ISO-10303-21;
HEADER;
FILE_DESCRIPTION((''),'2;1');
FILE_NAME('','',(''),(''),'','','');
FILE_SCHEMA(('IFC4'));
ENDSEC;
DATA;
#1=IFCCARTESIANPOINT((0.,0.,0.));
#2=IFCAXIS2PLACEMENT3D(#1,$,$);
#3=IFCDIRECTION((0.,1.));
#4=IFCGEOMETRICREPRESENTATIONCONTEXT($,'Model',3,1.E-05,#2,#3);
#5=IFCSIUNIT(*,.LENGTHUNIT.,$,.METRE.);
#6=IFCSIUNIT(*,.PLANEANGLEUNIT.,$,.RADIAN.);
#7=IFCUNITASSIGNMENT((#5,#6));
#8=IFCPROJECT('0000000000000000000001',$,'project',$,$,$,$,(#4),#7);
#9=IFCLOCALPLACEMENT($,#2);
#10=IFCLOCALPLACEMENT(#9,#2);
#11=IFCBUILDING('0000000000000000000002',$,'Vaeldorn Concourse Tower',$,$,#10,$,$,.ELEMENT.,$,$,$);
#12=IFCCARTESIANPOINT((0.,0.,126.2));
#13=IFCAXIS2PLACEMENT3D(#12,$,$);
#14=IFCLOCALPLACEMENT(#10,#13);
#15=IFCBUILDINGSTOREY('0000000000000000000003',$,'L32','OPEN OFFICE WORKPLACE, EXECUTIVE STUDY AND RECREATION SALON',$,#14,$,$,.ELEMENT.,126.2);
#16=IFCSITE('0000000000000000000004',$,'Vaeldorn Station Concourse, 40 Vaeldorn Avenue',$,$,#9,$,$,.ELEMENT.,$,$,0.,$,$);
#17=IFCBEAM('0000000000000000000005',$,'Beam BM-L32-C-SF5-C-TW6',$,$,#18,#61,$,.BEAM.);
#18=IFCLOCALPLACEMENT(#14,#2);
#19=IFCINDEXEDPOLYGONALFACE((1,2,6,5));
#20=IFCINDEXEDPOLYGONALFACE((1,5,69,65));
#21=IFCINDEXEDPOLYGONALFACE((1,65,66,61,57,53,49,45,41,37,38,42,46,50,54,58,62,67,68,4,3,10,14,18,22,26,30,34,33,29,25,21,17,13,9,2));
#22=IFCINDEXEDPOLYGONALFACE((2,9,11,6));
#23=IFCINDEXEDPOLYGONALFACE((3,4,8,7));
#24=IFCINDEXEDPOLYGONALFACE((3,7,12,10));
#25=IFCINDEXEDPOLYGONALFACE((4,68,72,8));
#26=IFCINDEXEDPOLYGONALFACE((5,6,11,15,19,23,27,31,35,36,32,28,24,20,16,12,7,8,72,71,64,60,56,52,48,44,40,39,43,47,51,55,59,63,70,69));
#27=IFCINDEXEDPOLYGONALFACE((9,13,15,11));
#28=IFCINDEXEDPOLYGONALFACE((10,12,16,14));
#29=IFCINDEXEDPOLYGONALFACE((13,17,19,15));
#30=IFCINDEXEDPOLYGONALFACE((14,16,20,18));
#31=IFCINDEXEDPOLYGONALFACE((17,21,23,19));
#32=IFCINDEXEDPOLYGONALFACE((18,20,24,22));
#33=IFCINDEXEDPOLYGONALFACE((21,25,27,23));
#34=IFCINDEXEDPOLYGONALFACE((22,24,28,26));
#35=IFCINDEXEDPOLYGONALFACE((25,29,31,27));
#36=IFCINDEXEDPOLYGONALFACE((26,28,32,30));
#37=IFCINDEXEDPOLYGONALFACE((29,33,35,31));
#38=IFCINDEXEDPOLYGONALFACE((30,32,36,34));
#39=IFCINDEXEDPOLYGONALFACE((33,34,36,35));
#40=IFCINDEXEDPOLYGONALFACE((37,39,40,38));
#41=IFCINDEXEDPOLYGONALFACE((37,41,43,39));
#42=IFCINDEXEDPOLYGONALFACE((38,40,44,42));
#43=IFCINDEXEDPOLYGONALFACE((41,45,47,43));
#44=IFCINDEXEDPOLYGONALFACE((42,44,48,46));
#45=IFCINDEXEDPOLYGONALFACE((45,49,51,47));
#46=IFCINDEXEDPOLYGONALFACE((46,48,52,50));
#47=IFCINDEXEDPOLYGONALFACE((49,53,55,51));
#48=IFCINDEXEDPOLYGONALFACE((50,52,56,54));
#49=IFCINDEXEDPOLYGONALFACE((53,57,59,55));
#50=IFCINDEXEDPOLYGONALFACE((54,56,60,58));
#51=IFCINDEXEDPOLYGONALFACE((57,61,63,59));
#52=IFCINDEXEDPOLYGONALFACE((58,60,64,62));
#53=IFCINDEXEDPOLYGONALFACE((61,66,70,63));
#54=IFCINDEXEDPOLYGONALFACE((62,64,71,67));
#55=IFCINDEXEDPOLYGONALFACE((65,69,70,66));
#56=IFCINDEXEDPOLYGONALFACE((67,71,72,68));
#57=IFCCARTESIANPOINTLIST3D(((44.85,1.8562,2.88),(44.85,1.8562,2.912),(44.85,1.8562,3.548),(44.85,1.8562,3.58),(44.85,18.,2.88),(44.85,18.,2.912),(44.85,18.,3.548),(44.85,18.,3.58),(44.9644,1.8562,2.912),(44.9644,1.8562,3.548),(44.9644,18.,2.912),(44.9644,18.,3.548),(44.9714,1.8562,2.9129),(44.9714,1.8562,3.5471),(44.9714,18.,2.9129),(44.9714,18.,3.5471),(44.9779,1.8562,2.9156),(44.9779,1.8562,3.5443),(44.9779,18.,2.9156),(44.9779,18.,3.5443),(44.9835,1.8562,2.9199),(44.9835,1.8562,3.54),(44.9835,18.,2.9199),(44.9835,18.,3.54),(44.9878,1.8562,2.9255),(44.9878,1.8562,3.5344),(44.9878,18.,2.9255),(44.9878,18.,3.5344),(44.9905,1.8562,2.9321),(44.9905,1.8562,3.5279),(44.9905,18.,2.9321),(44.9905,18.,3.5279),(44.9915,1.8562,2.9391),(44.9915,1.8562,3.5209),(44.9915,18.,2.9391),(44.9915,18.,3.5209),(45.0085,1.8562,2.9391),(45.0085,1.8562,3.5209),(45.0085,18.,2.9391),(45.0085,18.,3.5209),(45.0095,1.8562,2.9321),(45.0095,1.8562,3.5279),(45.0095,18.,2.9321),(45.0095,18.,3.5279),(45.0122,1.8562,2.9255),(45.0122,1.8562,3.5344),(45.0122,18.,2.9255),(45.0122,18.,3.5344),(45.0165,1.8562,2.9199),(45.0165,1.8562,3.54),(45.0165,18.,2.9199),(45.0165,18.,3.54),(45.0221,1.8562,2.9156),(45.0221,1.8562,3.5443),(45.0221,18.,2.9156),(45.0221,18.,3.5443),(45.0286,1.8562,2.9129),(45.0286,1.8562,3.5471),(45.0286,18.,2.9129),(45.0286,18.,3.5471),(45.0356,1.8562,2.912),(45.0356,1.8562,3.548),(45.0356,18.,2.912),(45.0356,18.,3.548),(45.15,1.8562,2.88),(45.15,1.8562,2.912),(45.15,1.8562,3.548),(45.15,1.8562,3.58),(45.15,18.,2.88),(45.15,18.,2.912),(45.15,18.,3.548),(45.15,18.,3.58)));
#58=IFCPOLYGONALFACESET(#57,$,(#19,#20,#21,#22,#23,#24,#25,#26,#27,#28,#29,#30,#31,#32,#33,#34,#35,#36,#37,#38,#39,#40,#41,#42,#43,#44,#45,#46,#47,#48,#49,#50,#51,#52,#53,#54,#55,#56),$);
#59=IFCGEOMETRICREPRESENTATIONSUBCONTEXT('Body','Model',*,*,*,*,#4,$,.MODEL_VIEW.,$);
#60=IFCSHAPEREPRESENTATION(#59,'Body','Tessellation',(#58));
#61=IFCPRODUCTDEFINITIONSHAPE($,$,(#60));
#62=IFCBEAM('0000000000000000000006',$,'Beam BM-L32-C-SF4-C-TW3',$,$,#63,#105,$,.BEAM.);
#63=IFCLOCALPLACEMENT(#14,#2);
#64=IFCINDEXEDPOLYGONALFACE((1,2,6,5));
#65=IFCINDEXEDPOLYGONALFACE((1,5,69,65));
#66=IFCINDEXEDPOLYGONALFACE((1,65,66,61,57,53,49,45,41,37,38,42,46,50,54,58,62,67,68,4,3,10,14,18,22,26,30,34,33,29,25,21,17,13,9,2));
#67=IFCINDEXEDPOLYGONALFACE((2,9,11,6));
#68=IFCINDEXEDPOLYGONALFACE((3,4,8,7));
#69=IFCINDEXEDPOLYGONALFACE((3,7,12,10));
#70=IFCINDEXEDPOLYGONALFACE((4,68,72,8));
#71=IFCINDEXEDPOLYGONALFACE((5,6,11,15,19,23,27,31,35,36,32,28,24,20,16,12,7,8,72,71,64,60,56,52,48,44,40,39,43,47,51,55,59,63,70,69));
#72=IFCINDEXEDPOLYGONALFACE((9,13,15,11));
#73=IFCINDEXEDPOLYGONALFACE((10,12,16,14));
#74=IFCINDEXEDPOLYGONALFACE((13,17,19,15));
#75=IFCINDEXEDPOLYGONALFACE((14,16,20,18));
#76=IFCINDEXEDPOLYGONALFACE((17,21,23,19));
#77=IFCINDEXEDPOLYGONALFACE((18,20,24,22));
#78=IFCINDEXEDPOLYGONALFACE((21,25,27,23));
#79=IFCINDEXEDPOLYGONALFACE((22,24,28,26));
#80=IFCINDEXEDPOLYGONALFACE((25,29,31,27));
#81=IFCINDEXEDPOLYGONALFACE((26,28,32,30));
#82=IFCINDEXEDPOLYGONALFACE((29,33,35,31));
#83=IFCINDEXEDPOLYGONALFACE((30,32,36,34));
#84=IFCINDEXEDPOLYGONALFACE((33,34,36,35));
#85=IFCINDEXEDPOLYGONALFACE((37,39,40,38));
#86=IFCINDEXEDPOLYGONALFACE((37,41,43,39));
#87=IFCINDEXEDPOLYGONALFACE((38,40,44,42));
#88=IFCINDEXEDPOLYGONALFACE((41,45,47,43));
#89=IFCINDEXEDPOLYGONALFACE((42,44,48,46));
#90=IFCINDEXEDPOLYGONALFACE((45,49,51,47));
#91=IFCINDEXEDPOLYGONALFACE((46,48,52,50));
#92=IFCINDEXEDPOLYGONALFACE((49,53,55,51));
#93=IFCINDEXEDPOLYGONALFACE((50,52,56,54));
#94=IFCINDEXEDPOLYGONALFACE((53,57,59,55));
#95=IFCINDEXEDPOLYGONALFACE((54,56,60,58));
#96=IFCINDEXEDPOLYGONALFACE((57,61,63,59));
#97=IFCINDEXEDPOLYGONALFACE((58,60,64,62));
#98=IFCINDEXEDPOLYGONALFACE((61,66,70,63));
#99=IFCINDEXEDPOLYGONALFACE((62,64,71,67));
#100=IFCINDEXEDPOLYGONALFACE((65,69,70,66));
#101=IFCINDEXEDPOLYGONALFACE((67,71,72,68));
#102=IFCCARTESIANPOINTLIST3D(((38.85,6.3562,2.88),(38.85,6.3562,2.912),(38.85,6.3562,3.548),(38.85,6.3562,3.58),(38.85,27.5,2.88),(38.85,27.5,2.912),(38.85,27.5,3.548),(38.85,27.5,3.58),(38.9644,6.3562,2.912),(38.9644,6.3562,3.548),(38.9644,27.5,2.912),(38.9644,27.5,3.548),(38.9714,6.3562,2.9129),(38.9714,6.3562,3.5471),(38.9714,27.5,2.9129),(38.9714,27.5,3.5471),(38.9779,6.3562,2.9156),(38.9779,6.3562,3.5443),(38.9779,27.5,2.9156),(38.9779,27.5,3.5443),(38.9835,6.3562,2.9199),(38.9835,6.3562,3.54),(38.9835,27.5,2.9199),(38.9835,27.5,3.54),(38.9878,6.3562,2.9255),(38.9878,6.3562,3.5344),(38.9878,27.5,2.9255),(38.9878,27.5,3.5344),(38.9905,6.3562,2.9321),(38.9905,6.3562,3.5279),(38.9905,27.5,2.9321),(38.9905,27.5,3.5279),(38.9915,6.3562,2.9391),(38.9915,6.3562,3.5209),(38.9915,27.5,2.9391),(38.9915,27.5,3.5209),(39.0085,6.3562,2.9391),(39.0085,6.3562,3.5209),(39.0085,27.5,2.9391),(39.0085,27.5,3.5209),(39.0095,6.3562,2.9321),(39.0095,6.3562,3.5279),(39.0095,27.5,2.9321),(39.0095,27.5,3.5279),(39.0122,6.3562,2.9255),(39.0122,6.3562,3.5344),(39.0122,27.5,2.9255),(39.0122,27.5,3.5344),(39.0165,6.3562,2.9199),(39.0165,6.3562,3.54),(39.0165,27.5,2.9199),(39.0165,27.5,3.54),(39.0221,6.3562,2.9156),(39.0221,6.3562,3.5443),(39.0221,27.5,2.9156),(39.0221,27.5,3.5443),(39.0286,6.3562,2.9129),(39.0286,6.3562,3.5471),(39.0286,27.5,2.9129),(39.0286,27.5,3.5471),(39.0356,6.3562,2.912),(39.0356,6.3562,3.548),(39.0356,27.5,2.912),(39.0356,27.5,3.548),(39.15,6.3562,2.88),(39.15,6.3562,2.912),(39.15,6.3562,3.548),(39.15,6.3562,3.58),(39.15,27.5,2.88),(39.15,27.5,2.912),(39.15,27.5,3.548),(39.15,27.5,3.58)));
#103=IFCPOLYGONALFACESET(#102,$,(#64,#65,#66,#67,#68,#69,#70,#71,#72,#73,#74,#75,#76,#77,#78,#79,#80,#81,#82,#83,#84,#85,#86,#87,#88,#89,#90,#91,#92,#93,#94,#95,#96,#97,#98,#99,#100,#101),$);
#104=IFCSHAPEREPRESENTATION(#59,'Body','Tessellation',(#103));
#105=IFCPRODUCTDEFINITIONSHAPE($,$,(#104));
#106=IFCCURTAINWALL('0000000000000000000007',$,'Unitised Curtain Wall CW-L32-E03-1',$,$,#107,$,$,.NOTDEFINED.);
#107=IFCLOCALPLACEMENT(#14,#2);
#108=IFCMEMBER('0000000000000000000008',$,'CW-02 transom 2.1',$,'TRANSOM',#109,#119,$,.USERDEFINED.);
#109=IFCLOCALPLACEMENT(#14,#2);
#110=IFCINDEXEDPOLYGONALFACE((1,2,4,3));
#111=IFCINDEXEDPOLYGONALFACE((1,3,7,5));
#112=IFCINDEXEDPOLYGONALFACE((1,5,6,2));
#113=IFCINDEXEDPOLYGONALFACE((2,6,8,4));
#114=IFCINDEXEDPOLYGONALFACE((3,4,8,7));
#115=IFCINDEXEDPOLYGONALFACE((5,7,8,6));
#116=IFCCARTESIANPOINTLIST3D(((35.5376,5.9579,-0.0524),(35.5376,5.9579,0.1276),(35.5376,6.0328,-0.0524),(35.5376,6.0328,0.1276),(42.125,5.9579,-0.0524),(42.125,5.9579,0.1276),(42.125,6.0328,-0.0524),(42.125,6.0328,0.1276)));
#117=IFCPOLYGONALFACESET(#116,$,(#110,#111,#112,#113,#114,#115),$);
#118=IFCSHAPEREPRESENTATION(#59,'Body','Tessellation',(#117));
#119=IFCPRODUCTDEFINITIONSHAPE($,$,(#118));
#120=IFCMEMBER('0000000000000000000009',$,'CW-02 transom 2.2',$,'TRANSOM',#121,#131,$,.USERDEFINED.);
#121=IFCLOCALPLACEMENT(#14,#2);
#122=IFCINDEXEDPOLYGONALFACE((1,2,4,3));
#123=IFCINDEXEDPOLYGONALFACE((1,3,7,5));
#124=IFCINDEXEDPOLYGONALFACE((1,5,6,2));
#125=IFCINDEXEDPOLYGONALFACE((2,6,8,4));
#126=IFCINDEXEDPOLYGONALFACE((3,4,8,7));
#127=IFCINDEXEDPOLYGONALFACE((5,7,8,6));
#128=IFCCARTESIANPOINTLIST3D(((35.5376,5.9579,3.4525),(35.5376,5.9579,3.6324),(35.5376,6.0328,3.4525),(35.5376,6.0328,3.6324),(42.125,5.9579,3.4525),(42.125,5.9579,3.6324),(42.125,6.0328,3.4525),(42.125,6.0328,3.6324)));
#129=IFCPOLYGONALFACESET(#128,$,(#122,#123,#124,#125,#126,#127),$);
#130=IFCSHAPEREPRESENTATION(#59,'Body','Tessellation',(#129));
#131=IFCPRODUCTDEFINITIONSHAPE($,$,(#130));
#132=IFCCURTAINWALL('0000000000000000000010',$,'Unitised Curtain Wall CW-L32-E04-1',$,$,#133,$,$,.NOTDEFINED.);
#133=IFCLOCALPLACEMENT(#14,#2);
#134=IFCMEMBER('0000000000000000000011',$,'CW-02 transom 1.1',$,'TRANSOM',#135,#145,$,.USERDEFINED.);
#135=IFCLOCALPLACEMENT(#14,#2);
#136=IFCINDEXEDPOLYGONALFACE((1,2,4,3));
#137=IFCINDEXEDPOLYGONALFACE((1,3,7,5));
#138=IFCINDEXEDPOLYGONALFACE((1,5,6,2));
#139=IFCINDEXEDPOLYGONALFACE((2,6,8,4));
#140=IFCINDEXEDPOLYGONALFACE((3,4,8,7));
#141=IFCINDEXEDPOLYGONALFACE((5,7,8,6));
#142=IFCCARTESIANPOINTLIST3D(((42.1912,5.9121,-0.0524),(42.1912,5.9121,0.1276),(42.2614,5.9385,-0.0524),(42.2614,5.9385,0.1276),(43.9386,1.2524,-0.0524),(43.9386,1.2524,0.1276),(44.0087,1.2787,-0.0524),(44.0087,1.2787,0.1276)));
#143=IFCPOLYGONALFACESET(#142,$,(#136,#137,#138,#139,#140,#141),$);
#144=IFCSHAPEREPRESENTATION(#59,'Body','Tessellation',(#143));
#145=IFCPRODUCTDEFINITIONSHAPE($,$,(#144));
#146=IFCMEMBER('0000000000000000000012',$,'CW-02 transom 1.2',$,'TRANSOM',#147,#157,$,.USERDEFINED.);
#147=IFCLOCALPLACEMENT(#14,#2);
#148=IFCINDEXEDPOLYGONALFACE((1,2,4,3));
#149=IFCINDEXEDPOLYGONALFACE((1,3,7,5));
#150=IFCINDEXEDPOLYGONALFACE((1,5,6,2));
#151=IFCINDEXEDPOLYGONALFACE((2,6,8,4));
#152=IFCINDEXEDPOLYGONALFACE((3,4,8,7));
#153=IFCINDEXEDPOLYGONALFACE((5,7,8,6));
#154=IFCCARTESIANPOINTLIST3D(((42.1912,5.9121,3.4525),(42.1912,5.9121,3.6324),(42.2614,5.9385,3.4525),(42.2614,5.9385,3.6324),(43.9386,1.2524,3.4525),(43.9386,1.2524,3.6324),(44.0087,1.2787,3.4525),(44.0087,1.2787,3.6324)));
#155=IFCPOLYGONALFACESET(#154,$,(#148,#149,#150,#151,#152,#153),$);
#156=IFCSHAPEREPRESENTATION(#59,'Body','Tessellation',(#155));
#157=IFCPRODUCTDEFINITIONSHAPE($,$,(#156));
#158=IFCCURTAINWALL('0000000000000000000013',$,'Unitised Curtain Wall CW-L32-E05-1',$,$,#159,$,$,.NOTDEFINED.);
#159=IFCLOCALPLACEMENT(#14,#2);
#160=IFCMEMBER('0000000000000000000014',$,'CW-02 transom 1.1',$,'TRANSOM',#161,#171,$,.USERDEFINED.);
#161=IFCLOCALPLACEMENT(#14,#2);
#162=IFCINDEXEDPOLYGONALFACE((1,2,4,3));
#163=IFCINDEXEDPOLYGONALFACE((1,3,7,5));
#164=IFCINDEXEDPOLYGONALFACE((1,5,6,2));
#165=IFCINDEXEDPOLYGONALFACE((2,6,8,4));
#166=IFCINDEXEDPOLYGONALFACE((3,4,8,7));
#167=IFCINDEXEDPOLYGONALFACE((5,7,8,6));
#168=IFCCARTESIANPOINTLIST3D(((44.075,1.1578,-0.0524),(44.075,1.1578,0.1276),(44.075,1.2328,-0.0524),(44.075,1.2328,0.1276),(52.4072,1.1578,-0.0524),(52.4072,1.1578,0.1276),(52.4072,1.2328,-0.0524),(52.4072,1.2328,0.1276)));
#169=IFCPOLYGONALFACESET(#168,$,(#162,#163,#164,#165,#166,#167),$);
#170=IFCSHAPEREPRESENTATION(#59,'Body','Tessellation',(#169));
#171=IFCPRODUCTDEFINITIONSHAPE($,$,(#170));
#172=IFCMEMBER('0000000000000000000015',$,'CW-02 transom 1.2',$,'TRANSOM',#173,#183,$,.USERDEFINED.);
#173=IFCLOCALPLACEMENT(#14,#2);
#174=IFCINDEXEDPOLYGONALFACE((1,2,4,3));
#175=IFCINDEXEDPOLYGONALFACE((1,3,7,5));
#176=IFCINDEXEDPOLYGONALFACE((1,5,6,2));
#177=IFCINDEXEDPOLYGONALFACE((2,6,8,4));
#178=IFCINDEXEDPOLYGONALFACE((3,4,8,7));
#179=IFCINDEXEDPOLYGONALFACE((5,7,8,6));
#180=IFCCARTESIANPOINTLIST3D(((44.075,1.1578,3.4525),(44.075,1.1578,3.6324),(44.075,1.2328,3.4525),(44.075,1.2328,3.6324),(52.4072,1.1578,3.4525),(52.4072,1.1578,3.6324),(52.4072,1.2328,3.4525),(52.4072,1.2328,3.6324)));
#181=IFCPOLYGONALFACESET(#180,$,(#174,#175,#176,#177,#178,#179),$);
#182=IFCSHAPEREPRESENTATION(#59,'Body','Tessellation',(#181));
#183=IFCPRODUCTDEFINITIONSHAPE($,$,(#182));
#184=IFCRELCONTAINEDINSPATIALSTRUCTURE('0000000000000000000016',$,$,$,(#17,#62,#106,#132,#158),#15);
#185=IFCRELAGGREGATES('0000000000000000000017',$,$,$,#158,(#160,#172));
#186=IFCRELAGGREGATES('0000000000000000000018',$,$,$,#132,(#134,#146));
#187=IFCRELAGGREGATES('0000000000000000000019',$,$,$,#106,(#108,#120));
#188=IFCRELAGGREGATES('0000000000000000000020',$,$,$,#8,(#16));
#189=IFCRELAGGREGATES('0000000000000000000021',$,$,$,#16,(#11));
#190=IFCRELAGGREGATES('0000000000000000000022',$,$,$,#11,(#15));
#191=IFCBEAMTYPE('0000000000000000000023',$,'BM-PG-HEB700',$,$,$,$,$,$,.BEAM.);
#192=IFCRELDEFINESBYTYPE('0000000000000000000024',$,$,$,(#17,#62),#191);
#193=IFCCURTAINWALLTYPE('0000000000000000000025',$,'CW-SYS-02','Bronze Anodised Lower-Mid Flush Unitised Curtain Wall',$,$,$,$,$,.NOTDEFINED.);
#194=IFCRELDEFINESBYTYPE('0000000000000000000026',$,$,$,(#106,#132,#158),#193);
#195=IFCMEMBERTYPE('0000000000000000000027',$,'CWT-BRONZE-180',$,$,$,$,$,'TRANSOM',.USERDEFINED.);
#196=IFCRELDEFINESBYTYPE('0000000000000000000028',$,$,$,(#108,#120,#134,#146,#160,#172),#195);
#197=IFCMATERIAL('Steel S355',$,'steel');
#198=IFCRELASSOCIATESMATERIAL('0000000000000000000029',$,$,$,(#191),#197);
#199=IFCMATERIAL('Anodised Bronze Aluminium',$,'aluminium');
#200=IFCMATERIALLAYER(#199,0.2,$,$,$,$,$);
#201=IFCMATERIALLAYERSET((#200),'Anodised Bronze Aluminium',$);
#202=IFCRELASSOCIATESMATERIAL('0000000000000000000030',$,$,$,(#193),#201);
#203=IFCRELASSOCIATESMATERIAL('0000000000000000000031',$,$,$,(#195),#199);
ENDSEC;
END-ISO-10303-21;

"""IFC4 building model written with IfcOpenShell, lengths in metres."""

from ifc_helpers import new_model, si_unit, direction, frame, origin, origin_2d, place, context, subcontext, project, spatial, rectangle, i_section, extrude, source, transform, mapped, material, layer, layer_set, material_profile, profile_set, type_object, element, aggregate, save


model = new_model("IFC4")

# Units and contexts
model_context = context("Model", 3, precision=1e-05, world=origin(), true_north=direction((0.0, 1.0)))
body_context = subcontext(model_context, "Body", "Model", "MODEL_VIEW")
ifc_project = project(units=[si_unit("LENGTHUNIT", "METRE"), si_unit("PLANEANGLEUNIT", "RADIAN")], contexts=[model_context])

# Site, building, storey
site_placement = place(None, origin())
site = spatial("IfcSite", under=ifc_project, at=site_placement, Name="Vaeldorn Station Concourse, 40 Vaeldorn Avenue", CompositionType="ELEMENT", RefElevation=0.0)
building_placement = place(site_placement, origin())
building = spatial("IfcBuilding", under=site, at=building_placement, Name="Vaeldorn Concourse Tower", CompositionType="ELEMENT")
storey_placement = place(building_placement, frame((0.0, 0.0, 126.2)))
storey = spatial("IfcBuildingStorey", under=building, at=storey_placement, Name="L32", Description="OPEN OFFICE WORKPLACE, EXECUTIVE STUDY AND RECREATION SALON", CompositionType="ELEMENT", Elevation=126.2)

# Beams
ifc_material_1 = material(Name="Steel S355", Category="steel")
ifc_material_profile_1 = material_profile(ifc_material_1, i_section(OverallWidth=0.3, OverallDepth=0.7, WebThickness=0.0171, FlangeThickness=0.032, FilletRadius=0.0271, at=origin_2d()), Name="HEB 700")
ifc_profile_set_1 = profile_set([ifc_material_profile_1], Name="Steel S355")
beam_type_1 = type_object("IfcBeamType", Name="BM-PG-HEB700", PredefinedType="BEAM", material=ifc_profile_set_1)
shared_shape_1 = source(origin(), body_context, "Body", "SweptSolid", [
    extrude(i_section(OverallWidth=0.3, OverallDepth=0.7, WebThickness=0.0171, FlangeThickness=0.032, FilletRadius=0.0271, at=origin_2d()), origin(), (0.0, 0.0, 1.0), 16.1438),
])
beam_1_placement = place(storey_placement, frame((45.0, 1.8562, 3.23), z_axis=(0.0, 1.0, 0.0), x_axis=(-1.0, 0.0, 0.0)))
element("IfcBeam", 1, at=beam_1_placement, inside=storey, type_object=beam_type_1, Name="Beam BM-L32-C-SF5-C-TW6", PredefinedType="BEAM", context=body_context, shape_type="MappedRepresentation", body=[
    mapped(shared_shape_1, transform((0.0, 0.0, 0.0), scale=1.0)),
])
shared_shape_2 = source(origin(), body_context, "Body", "SweptSolid", [
    extrude(i_section(OverallWidth=0.3, OverallDepth=0.7, WebThickness=0.0171, FlangeThickness=0.032, FilletRadius=0.0271, at=origin_2d()), origin(), (0.0, 0.0, 1.0), 21.1438),
])
beam_2_placement = place(storey_placement, frame((39.0, 6.3562, 3.23), z_axis=(0.0, 1.0, 0.0), x_axis=(-1.0, 0.0, 0.0)))
element("IfcBeam", 2, at=beam_2_placement, inside=storey, type_object=beam_type_1, Name="Beam BM-L32-C-SF4-C-TW3", PredefinedType="BEAM", context=body_context, shape_type="MappedRepresentation", body=[
    mapped(shared_shape_2, transform((0.0, 0.0, 0.0), scale=1.0)),
])

# Curtain walls, members
ifc_material_2 = material(Name="Anodised Bronze Aluminium", Category="aluminium")
ifc_layer_1 = layer(ifc_material_2, 0.2)
ifc_layer_set_1 = layer_set([ifc_layer_1], Name="Anodised Bronze Aluminium")
curtain_wall_type = type_object("IfcCurtainWallType", Name="CW-SYS-02", Description="Bronze Anodised Lower-Mid Flush Unitised Curtain Wall", PredefinedType="NOTDEFINED", material=ifc_layer_set_1)
curtain_wall_1_placement = place(storey_placement, origin())
curtain_wall_1 = element("IfcCurtainWall", 3, at=curtain_wall_1_placement, inside=storey, type_object=curtain_wall_type, Name="Unitised Curtain Wall CW-L32-E03-1", PredefinedType="NOTDEFINED")
ifc_material_profile_2 = material_profile(ifc_material_2, rectangle(XDim=0.075, YDim=0.1799, at=origin_2d()), Name="CWT 75x180")
ifc_profile_set_2 = profile_set([ifc_material_profile_2], Name="Anodised Bronze Aluminium")
member_type_1 = type_object("IfcMemberType", Name="CWT-BRONZE-180", ElementType="TRANSOM", PredefinedType="USERDEFINED", material=ifc_profile_set_2)
shared_shape_3 = source(origin(), body_context, "Body", "SweptSolid", [
    extrude(rectangle(XDim=0.075, YDim=0.1799, at=origin_2d()), origin(), (0.0, 0.0, 1.0), 6.5874),
])
member_1_placement = place(storey_placement, frame((35.5376, 5.9954, 0.0376), z_axis=(1.0, 0.0, 0.0), x_axis=(0.0, 1.0, 0.0)))
member_1 = element("IfcMember", 4, at=member_1_placement, type_object=member_type_1, Name="CW-02 transom 2.1", ObjectType="TRANSOM", PredefinedType="USERDEFINED", context=body_context, shape_type="MappedRepresentation", body=[
    mapped(shared_shape_3, transform((0.0, 0.0, 0.0), scale=1.0)),
])
member_2_placement = place(storey_placement, frame((35.5376, 5.9954, 3.5425), z_axis=(1.0, 0.0, 0.0), x_axis=(0.0, 1.0, 0.0)))
member_2 = element("IfcMember", 5, at=member_2_placement, type_object=member_type_1, Name="CW-02 transom 2.2", ObjectType="TRANSOM", PredefinedType="USERDEFINED", context=body_context, shape_type="MappedRepresentation", body=[
    mapped(shared_shape_3, transform((0.0, 0.0, 0.0), scale=1.0)),
])
curtain_wall_2_placement = place(storey_placement, origin())
curtain_wall_2 = element("IfcCurtainWall", 6, at=curtain_wall_2_placement, inside=storey, type_object=curtain_wall_type, Name="Unitised Curtain Wall CW-L32-E04-1", PredefinedType="NOTDEFINED")
shared_shape_4 = source(origin(), body_context, "Body", "SweptSolid", [
    extrude(rectangle(XDim=0.075, YDim=0.1799, at=origin_2d()), origin(), (0.0, 0.0, 1.0), 4.9766),
])
member_3_placement = place(storey_placement, frame((42.2263, 5.9253, 0.0376), z_axis=(0.351113, -0.936333, 0.0), x_axis=(0.936333, 0.351113, 0.0)))
member_3 = element("IfcMember", 7, at=member_3_placement, type_object=member_type_1, Name="CW-02 transom 1.1", ObjectType="TRANSOM", PredefinedType="USERDEFINED", context=body_context, shape_type="MappedRepresentation", body=[
    mapped(shared_shape_4, transform((0.0, 0.0, 0.0), scale=1.0)),
])
member_4_placement = place(storey_placement, frame((42.2263, 5.9253, 3.5425), z_axis=(0.351113, -0.936333, 0.0), x_axis=(0.936333, 0.351113, 0.0)))
member_4 = element("IfcMember", 8, at=member_4_placement, type_object=member_type_1, Name="CW-02 transom 1.2", ObjectType="TRANSOM", PredefinedType="USERDEFINED", context=body_context, shape_type="MappedRepresentation", body=[
    mapped(shared_shape_4, transform((0.0, 0.0, 0.0), scale=1.0)),
])
curtain_wall_3_placement = place(storey_placement, origin())
curtain_wall_3 = element("IfcCurtainWall", 9, at=curtain_wall_3_placement, inside=storey, type_object=curtain_wall_type, Name="Unitised Curtain Wall CW-L32-E05-1", PredefinedType="NOTDEFINED")
shared_shape_5 = source(origin(), body_context, "Body", "SweptSolid", [
    extrude(rectangle(XDim=0.075, YDim=0.1799, at=origin_2d()), origin(), (0.0, 0.0, 1.0), 8.3323),
])
member_5_placement = place(storey_placement, frame((44.075, 1.1953, 0.0376), z_axis=(1.0, 0.0, 0.0), x_axis=(0.0, 1.0, 0.0)))
member_5 = element("IfcMember", 10, at=member_5_placement, type_object=member_type_1, Name="CW-02 transom 1.1", ObjectType="TRANSOM", PredefinedType="USERDEFINED", context=body_context, shape_type="MappedRepresentation", body=[
    mapped(shared_shape_5, transform((0.0, 0.0, 0.0), scale=1.0)),
])
member_6_placement = place(storey_placement, frame((44.075, 1.1953, 3.5425), z_axis=(1.0, 0.0, 0.0), x_axis=(0.0, 1.0, 0.0)))
member_6 = element("IfcMember", 11, at=member_6_placement, type_object=member_type_1, Name="CW-02 transom 1.2", ObjectType="TRANSOM", PredefinedType="USERDEFINED", context=body_context, shape_type="MappedRepresentation", body=[
    mapped(shared_shape_5, transform((0.0, 0.0, 0.0), scale=1.0)),
])

aggregate(curtain_wall_3, [member_5, member_6])

aggregate(curtain_wall_2, [member_3, member_4])
aggregate(curtain_wall_1, [member_1, member_2])

save(model, "model.ifc")
